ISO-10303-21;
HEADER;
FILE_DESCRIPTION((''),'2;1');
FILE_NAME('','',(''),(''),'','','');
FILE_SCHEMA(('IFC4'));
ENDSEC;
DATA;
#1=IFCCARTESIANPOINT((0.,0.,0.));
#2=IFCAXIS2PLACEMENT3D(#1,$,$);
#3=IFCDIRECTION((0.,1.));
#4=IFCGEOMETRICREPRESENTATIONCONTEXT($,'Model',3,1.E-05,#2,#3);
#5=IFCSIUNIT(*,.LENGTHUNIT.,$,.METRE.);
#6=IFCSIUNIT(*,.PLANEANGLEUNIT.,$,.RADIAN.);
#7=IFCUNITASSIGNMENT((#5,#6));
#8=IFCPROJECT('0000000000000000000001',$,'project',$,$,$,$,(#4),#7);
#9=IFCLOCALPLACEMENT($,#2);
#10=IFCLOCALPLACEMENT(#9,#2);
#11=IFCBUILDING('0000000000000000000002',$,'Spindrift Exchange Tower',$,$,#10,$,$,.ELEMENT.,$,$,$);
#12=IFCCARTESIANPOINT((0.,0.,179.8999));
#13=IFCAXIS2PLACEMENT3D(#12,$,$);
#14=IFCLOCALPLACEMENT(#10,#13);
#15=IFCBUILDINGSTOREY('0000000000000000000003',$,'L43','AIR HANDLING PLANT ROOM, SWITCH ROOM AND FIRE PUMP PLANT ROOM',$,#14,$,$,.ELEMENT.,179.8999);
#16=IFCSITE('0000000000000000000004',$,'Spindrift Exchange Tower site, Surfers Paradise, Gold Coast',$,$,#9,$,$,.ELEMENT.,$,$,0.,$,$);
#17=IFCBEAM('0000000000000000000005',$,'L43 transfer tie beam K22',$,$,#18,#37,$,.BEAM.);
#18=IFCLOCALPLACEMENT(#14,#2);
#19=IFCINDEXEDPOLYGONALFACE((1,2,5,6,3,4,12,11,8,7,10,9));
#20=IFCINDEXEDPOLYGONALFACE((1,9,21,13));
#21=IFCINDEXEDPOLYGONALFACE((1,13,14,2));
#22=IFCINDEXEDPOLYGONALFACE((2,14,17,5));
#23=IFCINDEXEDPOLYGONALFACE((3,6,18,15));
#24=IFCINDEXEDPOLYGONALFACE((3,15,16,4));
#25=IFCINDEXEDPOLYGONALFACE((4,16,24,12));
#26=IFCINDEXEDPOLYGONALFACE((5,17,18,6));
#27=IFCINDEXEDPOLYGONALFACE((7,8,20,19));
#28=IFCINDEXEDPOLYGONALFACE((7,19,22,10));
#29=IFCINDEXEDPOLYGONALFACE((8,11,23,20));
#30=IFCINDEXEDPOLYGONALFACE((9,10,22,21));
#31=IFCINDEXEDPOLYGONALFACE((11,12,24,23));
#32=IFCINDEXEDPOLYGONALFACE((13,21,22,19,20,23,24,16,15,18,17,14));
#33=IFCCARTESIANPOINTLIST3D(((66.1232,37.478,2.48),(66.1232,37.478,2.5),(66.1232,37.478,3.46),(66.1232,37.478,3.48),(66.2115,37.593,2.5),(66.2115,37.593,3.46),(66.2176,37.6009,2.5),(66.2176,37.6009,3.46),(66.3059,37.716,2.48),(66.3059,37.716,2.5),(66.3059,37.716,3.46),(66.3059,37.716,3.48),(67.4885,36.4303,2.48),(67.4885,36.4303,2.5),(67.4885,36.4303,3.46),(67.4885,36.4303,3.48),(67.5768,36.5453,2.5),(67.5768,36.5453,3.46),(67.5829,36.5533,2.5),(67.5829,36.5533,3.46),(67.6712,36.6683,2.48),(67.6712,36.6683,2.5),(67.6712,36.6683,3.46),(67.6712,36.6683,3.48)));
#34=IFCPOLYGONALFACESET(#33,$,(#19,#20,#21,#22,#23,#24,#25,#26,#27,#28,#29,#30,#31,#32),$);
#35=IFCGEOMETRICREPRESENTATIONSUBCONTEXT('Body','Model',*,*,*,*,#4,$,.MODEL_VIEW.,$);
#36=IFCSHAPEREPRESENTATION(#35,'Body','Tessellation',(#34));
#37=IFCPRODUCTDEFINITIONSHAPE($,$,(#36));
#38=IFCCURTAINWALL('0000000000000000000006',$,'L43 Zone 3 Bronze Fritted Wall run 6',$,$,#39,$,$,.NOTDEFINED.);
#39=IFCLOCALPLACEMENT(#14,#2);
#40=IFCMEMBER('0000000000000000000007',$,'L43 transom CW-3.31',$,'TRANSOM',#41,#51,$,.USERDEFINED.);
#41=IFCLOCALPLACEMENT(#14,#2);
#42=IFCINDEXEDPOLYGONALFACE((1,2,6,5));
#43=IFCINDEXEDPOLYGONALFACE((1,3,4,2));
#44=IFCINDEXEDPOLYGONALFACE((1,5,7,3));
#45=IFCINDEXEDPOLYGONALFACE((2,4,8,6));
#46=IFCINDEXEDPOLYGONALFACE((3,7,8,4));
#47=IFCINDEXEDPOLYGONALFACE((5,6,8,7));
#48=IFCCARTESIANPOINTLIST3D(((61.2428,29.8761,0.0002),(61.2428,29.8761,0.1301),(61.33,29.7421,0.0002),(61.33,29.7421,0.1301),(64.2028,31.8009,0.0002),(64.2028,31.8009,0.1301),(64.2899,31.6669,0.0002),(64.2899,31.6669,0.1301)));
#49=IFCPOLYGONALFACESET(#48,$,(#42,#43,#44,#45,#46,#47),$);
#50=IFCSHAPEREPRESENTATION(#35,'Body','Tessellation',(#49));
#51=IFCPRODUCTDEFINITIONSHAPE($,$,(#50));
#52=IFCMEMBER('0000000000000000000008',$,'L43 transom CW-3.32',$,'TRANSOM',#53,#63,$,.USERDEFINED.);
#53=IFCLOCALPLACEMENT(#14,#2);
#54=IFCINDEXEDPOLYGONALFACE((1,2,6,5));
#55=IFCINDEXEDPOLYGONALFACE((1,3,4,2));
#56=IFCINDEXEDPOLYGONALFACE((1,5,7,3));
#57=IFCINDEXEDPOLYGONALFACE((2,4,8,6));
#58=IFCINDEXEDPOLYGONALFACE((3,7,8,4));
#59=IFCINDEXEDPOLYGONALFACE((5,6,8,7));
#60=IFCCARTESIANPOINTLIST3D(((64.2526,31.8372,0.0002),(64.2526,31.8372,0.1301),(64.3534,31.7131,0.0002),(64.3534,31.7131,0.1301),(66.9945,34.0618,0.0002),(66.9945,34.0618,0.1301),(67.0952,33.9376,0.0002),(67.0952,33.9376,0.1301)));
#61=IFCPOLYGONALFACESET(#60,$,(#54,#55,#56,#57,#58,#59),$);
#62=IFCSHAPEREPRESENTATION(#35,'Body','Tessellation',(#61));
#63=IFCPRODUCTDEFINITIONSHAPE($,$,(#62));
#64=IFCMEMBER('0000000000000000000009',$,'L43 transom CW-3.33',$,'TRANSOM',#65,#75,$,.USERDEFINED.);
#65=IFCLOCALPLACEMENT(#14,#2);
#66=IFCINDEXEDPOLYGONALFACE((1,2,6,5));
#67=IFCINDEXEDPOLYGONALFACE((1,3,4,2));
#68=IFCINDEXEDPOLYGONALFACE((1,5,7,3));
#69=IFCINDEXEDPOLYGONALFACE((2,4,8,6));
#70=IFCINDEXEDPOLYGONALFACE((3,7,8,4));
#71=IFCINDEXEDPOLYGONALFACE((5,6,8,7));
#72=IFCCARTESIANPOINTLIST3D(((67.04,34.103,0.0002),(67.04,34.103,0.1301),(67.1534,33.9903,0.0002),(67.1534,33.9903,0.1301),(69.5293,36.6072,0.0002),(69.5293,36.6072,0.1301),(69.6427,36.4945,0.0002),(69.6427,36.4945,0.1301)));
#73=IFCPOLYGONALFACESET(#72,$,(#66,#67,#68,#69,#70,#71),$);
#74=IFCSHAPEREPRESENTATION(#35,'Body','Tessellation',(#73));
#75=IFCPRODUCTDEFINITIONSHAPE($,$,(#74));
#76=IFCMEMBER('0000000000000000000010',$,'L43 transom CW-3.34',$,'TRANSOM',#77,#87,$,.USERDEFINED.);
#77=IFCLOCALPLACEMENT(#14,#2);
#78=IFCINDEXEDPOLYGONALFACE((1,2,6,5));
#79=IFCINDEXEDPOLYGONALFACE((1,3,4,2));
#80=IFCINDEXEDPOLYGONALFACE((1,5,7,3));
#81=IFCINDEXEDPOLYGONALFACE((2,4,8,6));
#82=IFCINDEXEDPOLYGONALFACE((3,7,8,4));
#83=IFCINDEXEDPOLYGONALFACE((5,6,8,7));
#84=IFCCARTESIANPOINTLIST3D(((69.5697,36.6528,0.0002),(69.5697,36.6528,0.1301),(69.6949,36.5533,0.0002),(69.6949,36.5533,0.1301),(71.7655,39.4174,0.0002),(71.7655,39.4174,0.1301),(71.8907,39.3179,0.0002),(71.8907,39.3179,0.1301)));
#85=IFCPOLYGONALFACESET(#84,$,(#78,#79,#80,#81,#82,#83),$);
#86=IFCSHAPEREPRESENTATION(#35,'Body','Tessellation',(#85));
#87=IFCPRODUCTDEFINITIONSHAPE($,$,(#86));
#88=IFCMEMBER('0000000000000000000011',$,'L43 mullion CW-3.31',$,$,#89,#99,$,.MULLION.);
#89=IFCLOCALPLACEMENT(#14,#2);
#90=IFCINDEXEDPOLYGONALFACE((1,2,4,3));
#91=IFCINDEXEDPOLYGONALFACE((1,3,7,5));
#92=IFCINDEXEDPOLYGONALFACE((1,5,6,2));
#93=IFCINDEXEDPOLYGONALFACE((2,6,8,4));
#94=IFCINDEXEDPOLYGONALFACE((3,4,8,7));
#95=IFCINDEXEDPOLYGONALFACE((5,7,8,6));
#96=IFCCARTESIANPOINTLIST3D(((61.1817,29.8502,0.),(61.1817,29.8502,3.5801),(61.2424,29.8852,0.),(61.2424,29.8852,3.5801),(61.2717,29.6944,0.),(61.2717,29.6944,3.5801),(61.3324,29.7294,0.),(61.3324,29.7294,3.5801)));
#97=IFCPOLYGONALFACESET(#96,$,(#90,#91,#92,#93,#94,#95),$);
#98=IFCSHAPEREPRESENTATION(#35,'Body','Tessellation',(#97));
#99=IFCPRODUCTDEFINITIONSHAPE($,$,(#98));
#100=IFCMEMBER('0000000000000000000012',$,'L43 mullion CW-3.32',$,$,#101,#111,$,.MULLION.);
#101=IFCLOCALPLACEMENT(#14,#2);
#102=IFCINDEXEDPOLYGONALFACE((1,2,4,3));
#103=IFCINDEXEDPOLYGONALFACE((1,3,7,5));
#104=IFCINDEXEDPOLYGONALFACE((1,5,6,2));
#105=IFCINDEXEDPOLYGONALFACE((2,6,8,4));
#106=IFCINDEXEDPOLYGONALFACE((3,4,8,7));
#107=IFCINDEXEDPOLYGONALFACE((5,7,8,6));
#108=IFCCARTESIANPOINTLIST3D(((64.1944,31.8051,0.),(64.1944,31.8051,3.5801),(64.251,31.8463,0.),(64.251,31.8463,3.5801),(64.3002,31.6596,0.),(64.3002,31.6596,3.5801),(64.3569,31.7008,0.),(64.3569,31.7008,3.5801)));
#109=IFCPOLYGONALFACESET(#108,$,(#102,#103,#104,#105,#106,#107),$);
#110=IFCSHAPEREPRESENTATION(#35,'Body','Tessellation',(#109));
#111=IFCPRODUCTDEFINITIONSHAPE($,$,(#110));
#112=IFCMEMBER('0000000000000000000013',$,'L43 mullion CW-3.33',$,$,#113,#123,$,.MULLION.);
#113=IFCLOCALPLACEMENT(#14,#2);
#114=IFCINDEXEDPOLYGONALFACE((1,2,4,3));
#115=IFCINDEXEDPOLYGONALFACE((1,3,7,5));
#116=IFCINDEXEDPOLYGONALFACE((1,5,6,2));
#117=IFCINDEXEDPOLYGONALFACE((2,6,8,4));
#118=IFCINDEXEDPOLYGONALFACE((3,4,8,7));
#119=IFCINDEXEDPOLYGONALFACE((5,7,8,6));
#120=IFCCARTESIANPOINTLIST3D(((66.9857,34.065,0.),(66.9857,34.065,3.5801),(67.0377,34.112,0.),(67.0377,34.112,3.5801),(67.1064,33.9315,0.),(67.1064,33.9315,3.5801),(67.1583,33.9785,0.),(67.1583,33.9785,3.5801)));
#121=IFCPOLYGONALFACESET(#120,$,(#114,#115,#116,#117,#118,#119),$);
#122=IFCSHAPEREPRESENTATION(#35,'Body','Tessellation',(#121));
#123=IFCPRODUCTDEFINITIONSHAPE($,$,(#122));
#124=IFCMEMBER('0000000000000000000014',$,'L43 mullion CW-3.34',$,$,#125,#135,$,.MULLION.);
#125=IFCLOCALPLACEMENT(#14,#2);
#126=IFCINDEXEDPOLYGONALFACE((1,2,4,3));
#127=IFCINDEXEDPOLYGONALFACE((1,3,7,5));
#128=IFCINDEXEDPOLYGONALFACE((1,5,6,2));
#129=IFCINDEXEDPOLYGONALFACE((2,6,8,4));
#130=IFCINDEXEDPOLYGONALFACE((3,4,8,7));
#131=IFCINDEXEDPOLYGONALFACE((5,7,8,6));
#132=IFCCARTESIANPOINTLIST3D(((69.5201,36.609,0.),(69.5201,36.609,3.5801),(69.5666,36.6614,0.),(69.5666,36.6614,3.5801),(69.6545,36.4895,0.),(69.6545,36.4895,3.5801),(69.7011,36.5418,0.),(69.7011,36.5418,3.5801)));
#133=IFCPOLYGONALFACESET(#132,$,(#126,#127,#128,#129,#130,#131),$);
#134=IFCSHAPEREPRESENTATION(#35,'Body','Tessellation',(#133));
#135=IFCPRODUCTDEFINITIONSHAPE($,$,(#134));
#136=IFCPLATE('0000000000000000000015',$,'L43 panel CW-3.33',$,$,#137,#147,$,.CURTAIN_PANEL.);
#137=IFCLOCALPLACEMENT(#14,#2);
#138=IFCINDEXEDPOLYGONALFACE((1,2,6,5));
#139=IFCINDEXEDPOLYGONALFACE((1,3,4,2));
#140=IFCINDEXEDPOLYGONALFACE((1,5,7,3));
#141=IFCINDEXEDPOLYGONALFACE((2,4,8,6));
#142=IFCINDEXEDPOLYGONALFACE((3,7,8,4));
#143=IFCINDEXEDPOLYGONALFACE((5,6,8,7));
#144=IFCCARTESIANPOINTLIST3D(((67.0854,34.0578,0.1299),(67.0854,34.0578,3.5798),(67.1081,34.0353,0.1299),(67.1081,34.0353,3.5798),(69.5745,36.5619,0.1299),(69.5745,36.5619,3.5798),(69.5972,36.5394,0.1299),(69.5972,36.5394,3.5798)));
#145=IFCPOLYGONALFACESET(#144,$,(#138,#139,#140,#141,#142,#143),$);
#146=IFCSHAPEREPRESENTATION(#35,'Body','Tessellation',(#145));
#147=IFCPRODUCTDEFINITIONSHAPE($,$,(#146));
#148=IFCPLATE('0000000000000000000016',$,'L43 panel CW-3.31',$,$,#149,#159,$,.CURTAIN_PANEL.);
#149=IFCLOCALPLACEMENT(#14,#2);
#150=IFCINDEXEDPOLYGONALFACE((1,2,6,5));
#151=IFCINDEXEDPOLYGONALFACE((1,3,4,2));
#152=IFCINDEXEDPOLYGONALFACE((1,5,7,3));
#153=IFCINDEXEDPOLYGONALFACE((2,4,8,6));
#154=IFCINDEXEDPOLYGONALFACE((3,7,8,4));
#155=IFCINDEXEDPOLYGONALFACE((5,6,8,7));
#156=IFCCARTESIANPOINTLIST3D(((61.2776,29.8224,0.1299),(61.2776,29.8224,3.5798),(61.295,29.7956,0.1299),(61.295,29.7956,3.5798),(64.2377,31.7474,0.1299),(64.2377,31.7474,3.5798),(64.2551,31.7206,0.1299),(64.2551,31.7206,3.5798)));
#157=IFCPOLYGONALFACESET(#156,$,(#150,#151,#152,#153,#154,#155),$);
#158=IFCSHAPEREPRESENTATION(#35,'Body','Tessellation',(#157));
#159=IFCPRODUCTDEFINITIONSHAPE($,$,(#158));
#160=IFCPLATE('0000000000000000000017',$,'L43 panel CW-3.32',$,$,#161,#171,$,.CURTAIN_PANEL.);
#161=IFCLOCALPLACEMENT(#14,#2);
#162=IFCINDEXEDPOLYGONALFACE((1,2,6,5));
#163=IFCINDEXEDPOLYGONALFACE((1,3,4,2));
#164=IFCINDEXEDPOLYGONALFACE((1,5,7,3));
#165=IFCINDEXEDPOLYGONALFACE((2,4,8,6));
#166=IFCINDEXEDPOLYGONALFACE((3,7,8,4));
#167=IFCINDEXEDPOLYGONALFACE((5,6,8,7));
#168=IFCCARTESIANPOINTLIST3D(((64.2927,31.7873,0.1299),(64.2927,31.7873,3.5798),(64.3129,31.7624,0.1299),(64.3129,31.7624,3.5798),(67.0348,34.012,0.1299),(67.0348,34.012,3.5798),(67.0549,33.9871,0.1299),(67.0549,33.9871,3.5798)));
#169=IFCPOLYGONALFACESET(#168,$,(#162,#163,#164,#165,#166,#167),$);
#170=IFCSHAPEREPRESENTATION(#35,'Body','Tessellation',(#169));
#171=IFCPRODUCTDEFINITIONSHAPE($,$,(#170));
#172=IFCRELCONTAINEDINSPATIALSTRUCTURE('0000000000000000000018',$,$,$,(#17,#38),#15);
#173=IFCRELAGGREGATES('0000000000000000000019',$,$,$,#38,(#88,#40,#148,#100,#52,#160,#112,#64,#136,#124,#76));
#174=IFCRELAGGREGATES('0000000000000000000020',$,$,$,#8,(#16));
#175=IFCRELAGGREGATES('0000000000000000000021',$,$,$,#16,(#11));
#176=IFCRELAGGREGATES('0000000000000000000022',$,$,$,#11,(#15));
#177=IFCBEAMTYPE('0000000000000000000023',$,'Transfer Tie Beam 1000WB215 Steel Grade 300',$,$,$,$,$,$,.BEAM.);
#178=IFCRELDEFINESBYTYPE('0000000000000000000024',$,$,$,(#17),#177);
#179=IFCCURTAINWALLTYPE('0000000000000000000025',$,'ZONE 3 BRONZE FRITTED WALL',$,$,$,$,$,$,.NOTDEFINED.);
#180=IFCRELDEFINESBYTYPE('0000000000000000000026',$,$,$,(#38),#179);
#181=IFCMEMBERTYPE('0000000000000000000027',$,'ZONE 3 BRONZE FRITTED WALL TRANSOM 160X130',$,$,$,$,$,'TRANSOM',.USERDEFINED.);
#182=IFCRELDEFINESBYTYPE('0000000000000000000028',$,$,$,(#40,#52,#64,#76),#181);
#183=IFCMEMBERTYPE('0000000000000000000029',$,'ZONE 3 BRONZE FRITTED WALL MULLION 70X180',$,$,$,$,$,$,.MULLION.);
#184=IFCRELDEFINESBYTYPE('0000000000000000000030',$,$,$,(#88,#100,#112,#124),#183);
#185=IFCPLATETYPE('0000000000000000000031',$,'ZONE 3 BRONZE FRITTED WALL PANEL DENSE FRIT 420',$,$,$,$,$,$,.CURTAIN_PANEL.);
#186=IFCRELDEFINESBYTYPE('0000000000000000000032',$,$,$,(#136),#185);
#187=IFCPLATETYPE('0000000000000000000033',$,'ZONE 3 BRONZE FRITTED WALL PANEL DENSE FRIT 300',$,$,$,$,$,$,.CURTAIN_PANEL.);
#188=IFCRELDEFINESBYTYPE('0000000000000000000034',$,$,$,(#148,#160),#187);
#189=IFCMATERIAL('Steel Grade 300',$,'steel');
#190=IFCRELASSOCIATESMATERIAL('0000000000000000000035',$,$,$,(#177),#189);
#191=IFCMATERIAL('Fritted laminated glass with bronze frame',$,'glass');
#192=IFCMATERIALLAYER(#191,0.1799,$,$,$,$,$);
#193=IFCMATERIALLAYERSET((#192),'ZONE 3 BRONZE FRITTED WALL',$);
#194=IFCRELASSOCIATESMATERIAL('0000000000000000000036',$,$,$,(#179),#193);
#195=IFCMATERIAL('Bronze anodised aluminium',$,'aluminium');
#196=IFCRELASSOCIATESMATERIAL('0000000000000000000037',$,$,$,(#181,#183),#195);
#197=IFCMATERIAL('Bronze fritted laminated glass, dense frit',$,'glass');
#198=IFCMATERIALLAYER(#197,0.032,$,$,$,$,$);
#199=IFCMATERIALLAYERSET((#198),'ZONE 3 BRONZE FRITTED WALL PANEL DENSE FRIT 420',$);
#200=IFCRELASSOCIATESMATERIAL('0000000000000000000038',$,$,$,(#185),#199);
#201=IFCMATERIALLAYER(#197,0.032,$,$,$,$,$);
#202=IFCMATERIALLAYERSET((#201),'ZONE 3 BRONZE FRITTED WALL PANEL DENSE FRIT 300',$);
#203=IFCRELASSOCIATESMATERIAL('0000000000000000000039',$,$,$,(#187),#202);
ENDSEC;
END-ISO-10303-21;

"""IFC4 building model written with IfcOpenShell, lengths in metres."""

from ifc_helpers import new_model, si_unit, direction, frame, origin, origin_2d, place, context, subcontext, project, spatial, rectangle, i_section, extrude, source, transform, mapped, material, layer, layer_set, material_profile, profile_set, type_object, element, aggregate, save


model = new_model("IFC4")

# Units and contexts
model_context = context("Model", 3, precision=1e-05, world=origin(), true_north=direction((0.0, 1.0)))
body_context = subcontext(model_context, "Body", "Model", "MODEL_VIEW")
ifc_project = project(units=[si_unit("LENGTHUNIT", "METRE"), si_unit("PLANEANGLEUNIT", "RADIAN")], contexts=[model_context])

# Site, building, storey
site_placement = place(None, origin())
site = spatial("IfcSite", under=ifc_project, at=site_placement, Name="Spindrift Exchange Tower site, Surfers Paradise, Gold Coast", CompositionType="ELEMENT", RefElevation=0.0)
building_placement = place(site_placement, origin())
building = spatial("IfcBuilding", under=site, at=building_placement, Name="Spindrift Exchange Tower", CompositionType="ELEMENT")
storey_placement = place(building_placement, frame((0.0, 0.0, 179.8999)))
storey = spatial("IfcBuildingStorey", under=building, at=storey_placement, Name="L43", Description="AIR HANDLING PLANT ROOM, SWITCH ROOM AND FIRE PUMP PLANT ROOM", CompositionType="ELEMENT", Elevation=179.8999)

# Shared definitions
ifc_material_1 = material(Name="Steel Grade 300", Category="steel")

# Beam
ifc_material_profile_1 = material_profile(ifc_material_1, i_section(OverallWidth=0.3, OverallDepth=1.0, WebThickness=0.01, FlangeThickness=0.02, at=origin_2d()), Name="1000WB215")
ifc_profile_set_1 = profile_set([ifc_material_profile_1], Name="Steel Grade 300")
beam_type = type_object("IfcBeamType", Name="Transfer Tie Beam 1000WB215 Steel Grade 300", PredefinedType="BEAM", material=ifc_profile_set_1)
shared_shape_1 = source(origin(), body_context, "Body", "SweptSolid", [
    extrude(i_section(OverallWidth=0.3, OverallDepth=1.0, WebThickness=0.01, FlangeThickness=0.02, at=origin_2d()), origin(), (0.0, 0.0, 1.0), 1.7209),
])
beam_1_placement = place(storey_placement, frame((67.5798, 36.5493, 2.98), z_axis=(-0.793346, 0.608771, 0.0), x_axis=(-0.608771, -0.793346, 0.0)))
element("IfcBeam", 1, at=beam_1_placement, inside=storey, type_object=beam_type, Name="L43 transfer tie beam K22", PredefinedType="BEAM", context=body_context, shape_type="MappedRepresentation", body=[
    mapped(shared_shape_1, transform((0.0, 0.0, 0.0), scale=1.0)),
])

# Curtain wall, members, plates
ifc_material_2 = material(Name="Fritted laminated glass with bronze frame", Category="glass")
ifc_layer_1 = layer(ifc_material_2, 0.1799)
ifc_layer_set_1 = layer_set([ifc_layer_1], Name="ZONE 3 BRONZE FRITTED WALL")
curtain_wall_type = type_object("IfcCurtainWallType", Name="ZONE 3 BRONZE FRITTED WALL", PredefinedType="NOTDEFINED", material=ifc_layer_set_1)
curtain_wall_placement = place(storey_placement, origin())
curtain_wall = element("IfcCurtainWall", 2, at=curtain_wall_placement, inside=storey, type_object=curtain_wall_type, Name="L43 Zone 3 Bronze Fritted Wall run 6", PredefinedType="NOTDEFINED")
ifc_material_3 = material(Name="Bronze anodised aluminium", Category="aluminium")
ifc_material_profile_2 = material_profile(ifc_material_3, rectangle(XDim=0.1599, YDim=0.1299, at=origin_2d()), Name="ZONE 3 BRONZE FRITTED WALL TRANSOM 160X130")
ifc_profile_set_2 = profile_set([ifc_material_profile_2], Name="Bronze anodised aluminium")
member_type_1 = type_object("IfcMemberType", Name="ZONE 3 BRONZE FRITTED WALL TRANSOM 160X130", ElementType="TRANSOM", PredefinedType="USERDEFINED", material=ifc_profile_set_2)
shared_shape_2 = source(origin(), body_context, "Body", "SweptSolid", [
    extrude(rectangle(XDim=0.1599, YDim=0.1299, at=origin_2d()), origin(), (0.0, 0.0, 1.0), 3.5308),
])
member_1_placement = place(storey_placement, frame((61.2864, 29.8091, 0.0652), z_axis=(0.838336, 0.545154, 0.0), x_axis=(-0.545154, 0.838336, 0.0)))
member_1 = element("IfcMember", 3, at=member_1_placement, type_object=member_type_1, Name="L43 transom CW-3.31", ObjectType="TRANSOM", PredefinedType="USERDEFINED", context=body_context, shape_type="MappedRepresentation", body=[
    mapped(shared_shape_2, transform((0.0, 0.0, 0.0), scale=1.0)),
])
member_2_placement = place(storey_placement, frame((64.303, 31.7751, 0.0652), z_axis=(0.77656, 0.630043, 0.0), x_axis=(-0.630043, 0.77656, 0.0)))
member_2 = element("IfcMember", 4, at=member_2_placement, type_object=member_type_1, Name="L43 transom CW-3.32", ObjectType="TRANSOM", PredefinedType="USERDEFINED", context=body_context, shape_type="MappedRepresentation", body=[
    mapped(shared_shape_2, transform((0.0, 0.0, 0.0), scale=1.0)),
])
shared_shape_3 = source(origin(), body_context, "Body", "SweptSolid", [
    extrude(rectangle(XDim=0.1599, YDim=0.1299, at=origin_2d()), origin(), (0.0, 0.0, 1.0), 3.531),
])
member_3_placement = place(storey_placement, frame((67.0967, 34.0466, 0.0652), z_axis=(0.704995, 0.709213, 0.0), x_axis=(-0.709213, 0.704995, 0.0)))
member_3 = element("IfcMember", 5, at=member_3_placement, type_object=member_type_1, Name="L43 transom CW-3.33", ObjectType="TRANSOM", PredefinedType="USERDEFINED", context=body_context, shape_type="MappedRepresentation", body=[
    mapped(shared_shape_3, transform((0.0, 0.0, 0.0), scale=1.0)),
])
shared_shape_4 = source(origin(), body_context, "Body", "SweptSolid", [
    extrude(rectangle(XDim=0.1599, YDim=0.1299, at=origin_2d()), origin(), (0.0, 0.0, 1.0), 3.5305),
])
member_4_placement = place(storey_placement, frame((69.6323, 36.603, 0.0652), z_axis=(0.621942, 0.783063, 0.0), x_axis=(-0.783063, 0.621942, 0.0)))
member_4 = element("IfcMember", 6, at=member_4_placement, type_object=member_type_1, Name="L43 transom CW-3.34", ObjectType="TRANSOM", PredefinedType="USERDEFINED", context=body_context, shape_type="MappedRepresentation", body=[
    mapped(shared_shape_4, transform((0.0, 0.0, 0.0), scale=1.0)),
])
ifc_material_profile_3 = material_profile(ifc_material_3, rectangle(XDim=0.0701, YDim=0.1799, at=origin_2d()), Name="ZONE 3 BRONZE FRITTED WALL MULLION 70X180")
ifc_profile_set_3 = profile_set([ifc_material_profile_3], Name="Bronze anodised aluminium")
member_type_2 = type_object("IfcMemberType", Name="ZONE 3 BRONZE FRITTED WALL MULLION 70X180", PredefinedType="MULLION", material=ifc_profile_set_3)
shared_shape_5 = source(origin(), body_context, "Body", "SweptSolid", [
    extrude(rectangle(XDim=0.0701, YDim=0.1799, at=origin_2d()), origin(), (0.0, 0.0, 1.0), 3.5801),
])
member_5_placement = place(storey_placement, frame((61.2571, 29.7898, 0.0), z_axis=(0.0, 0.0, 1.0), x_axis=(0.865923, 0.500178, 0.0)))
member_5 = element("IfcMember", 7, at=member_5_placement, type_object=member_type_2, Name="L43 mullion CW-3.31", PredefinedType="MULLION", context=body_context, shape_type="MappedRepresentation", body=[
    mapped(shared_shape_5, transform((0.0, 0.0, 0.0), scale=1.0)),
])
member_6_placement = place(storey_placement, frame((64.2756, 31.7529, 0.0), z_axis=(0.0, 0.0, 1.0), x_axis=(0.808557, 0.588418, 0.0)))
member_6 = element("IfcMember", 8, at=member_6_placement, type_object=member_type_2, Name="L43 mullion CW-3.32", PredefinedType="MULLION", context=body_context, shape_type="MappedRepresentation", body=[
    mapped(shared_shape_5, transform((0.0, 0.0, 0.0), scale=1.0)),
])
member_7_placement = place(storey_placement, frame((67.072, 34.0217, 0.0), z_axis=(0.0, 0.0, 1.0), x_axis=(0.741828, 0.670591, 0.0)))
member_7 = element("IfcMember", 9, at=member_7_placement, type_object=member_type_2, Name="L43 mullion CW-3.33", PredefinedType="MULLION", context=body_context, shape_type="MappedRepresentation", body=[
    mapped(shared_shape_5, transform((0.0, 0.0, 0.0), scale=1.0)),
])
member_8_placement = place(storey_placement, frame((69.6106, 36.5754, 0.0), z_axis=(0.0, 0.0, 1.0), x_axis=(0.66449, 0.747297, 0.0)))
member_8 = element("IfcMember", 10, at=member_8_placement, type_object=member_type_2, Name="L43 mullion CW-3.34", PredefinedType="MULLION", context=body_context, shape_type="MappedRepresentation", body=[
    mapped(shared_shape_5, transform((0.0, 0.0, 0.0), scale=1.0)),
])
ifc_material_4 = material(Name="Bronze fritted laminated glass, dense frit", Category="glass")
ifc_layer_2 = layer(ifc_material_4, 0.032)
ifc_layer_set_2 = layer_set([ifc_layer_2], Name="ZONE 3 BRONZE FRITTED WALL PANEL DENSE FRIT 420")
plate_type_1 = type_object("IfcPlateType", Name="ZONE 3 BRONZE FRITTED WALL PANEL DENSE FRIT 420", PredefinedType="CURTAIN_PANEL", material=ifc_layer_set_2)
shared_shape_6 = source(origin(), body_context, "Body", "SweptSolid", [
    extrude(rectangle(XDim=3.5308, YDim=0.032, at=origin_2d()), origin(), (0.0, 0.0, 1.0), 3.45),
])
plate_1_placement = place(storey_placement, frame((68.3413, 35.2986, 0.1299), z_axis=(0.0, 0.0, 1.0), x_axis=(0.70498, 0.709228, 0.0)))
plate_1 = element("IfcPlate", 11, at=plate_1_placement, type_object=plate_type_1, Name="L43 panel CW-3.33", PredefinedType="CURTAIN_PANEL", context=body_context, shape_type="MappedRepresentation", body=[
    mapped(shared_shape_6, transform((0.0, 0.0, 0.0), scale=1.0)),
])
ifc_layer_3 = layer(ifc_material_4, 0.032)
ifc_layer_set_3 = layer_set([ifc_layer_3], Name="ZONE 3 BRONZE FRITTED WALL PANEL DENSE FRIT 300")
plate_type_2 = type_object("IfcPlateType", Name="ZONE 3 BRONZE FRITTED WALL PANEL DENSE FRIT 300", PredefinedType="CURTAIN_PANEL", material=ifc_layer_set_3)
shared_shape_7 = source(origin(), body_context, "Body", "SweptSolid", [
    extrude(rectangle(XDim=3.531, YDim=0.032, at=origin_2d()), origin(), (0.0, 0.0, 1.0), 3.45),
])
plate_2_placement = place(storey_placement, frame((62.7664, 30.7715, 0.1299), z_axis=(0.0, 0.0, 1.0), x_axis=(0.838323, 0.545173, 0.0)))
plate_2 = element("IfcPlate", 12, at=plate_2_placement, type_object=plate_type_2, Name="L43 panel CW-3.31", PredefinedType="CURTAIN_PANEL", context=body_context, shape_type="MappedRepresentation", body=[
    mapped(shared_shape_7, transform((0.0, 0.0, 0.0), scale=1.0)),
])
plate_3_placement = place(storey_placement, frame((65.6738, 32.8872, 0.1299), z_axis=(0.0, 0.0, 1.0), x_axis=(0.776561, 0.630042, 0.0)))
plate_3 = element("IfcPlate", 13, at=plate_3_placement, type_object=plate_type_2, Name="L43 panel CW-3.32", PredefinedType="CURTAIN_PANEL", context=body_context, shape_type="MappedRepresentation", body=[
    mapped(shared_shape_7, transform((0.0, 0.0, 0.0), scale=1.0)),
])
aggregate(curtain_wall, [member_5, member_1, plate_2, member_6, member_2, plate_3, member_7, member_3, plate_1, member_8, member_4])

save(model, "model.ifc")
